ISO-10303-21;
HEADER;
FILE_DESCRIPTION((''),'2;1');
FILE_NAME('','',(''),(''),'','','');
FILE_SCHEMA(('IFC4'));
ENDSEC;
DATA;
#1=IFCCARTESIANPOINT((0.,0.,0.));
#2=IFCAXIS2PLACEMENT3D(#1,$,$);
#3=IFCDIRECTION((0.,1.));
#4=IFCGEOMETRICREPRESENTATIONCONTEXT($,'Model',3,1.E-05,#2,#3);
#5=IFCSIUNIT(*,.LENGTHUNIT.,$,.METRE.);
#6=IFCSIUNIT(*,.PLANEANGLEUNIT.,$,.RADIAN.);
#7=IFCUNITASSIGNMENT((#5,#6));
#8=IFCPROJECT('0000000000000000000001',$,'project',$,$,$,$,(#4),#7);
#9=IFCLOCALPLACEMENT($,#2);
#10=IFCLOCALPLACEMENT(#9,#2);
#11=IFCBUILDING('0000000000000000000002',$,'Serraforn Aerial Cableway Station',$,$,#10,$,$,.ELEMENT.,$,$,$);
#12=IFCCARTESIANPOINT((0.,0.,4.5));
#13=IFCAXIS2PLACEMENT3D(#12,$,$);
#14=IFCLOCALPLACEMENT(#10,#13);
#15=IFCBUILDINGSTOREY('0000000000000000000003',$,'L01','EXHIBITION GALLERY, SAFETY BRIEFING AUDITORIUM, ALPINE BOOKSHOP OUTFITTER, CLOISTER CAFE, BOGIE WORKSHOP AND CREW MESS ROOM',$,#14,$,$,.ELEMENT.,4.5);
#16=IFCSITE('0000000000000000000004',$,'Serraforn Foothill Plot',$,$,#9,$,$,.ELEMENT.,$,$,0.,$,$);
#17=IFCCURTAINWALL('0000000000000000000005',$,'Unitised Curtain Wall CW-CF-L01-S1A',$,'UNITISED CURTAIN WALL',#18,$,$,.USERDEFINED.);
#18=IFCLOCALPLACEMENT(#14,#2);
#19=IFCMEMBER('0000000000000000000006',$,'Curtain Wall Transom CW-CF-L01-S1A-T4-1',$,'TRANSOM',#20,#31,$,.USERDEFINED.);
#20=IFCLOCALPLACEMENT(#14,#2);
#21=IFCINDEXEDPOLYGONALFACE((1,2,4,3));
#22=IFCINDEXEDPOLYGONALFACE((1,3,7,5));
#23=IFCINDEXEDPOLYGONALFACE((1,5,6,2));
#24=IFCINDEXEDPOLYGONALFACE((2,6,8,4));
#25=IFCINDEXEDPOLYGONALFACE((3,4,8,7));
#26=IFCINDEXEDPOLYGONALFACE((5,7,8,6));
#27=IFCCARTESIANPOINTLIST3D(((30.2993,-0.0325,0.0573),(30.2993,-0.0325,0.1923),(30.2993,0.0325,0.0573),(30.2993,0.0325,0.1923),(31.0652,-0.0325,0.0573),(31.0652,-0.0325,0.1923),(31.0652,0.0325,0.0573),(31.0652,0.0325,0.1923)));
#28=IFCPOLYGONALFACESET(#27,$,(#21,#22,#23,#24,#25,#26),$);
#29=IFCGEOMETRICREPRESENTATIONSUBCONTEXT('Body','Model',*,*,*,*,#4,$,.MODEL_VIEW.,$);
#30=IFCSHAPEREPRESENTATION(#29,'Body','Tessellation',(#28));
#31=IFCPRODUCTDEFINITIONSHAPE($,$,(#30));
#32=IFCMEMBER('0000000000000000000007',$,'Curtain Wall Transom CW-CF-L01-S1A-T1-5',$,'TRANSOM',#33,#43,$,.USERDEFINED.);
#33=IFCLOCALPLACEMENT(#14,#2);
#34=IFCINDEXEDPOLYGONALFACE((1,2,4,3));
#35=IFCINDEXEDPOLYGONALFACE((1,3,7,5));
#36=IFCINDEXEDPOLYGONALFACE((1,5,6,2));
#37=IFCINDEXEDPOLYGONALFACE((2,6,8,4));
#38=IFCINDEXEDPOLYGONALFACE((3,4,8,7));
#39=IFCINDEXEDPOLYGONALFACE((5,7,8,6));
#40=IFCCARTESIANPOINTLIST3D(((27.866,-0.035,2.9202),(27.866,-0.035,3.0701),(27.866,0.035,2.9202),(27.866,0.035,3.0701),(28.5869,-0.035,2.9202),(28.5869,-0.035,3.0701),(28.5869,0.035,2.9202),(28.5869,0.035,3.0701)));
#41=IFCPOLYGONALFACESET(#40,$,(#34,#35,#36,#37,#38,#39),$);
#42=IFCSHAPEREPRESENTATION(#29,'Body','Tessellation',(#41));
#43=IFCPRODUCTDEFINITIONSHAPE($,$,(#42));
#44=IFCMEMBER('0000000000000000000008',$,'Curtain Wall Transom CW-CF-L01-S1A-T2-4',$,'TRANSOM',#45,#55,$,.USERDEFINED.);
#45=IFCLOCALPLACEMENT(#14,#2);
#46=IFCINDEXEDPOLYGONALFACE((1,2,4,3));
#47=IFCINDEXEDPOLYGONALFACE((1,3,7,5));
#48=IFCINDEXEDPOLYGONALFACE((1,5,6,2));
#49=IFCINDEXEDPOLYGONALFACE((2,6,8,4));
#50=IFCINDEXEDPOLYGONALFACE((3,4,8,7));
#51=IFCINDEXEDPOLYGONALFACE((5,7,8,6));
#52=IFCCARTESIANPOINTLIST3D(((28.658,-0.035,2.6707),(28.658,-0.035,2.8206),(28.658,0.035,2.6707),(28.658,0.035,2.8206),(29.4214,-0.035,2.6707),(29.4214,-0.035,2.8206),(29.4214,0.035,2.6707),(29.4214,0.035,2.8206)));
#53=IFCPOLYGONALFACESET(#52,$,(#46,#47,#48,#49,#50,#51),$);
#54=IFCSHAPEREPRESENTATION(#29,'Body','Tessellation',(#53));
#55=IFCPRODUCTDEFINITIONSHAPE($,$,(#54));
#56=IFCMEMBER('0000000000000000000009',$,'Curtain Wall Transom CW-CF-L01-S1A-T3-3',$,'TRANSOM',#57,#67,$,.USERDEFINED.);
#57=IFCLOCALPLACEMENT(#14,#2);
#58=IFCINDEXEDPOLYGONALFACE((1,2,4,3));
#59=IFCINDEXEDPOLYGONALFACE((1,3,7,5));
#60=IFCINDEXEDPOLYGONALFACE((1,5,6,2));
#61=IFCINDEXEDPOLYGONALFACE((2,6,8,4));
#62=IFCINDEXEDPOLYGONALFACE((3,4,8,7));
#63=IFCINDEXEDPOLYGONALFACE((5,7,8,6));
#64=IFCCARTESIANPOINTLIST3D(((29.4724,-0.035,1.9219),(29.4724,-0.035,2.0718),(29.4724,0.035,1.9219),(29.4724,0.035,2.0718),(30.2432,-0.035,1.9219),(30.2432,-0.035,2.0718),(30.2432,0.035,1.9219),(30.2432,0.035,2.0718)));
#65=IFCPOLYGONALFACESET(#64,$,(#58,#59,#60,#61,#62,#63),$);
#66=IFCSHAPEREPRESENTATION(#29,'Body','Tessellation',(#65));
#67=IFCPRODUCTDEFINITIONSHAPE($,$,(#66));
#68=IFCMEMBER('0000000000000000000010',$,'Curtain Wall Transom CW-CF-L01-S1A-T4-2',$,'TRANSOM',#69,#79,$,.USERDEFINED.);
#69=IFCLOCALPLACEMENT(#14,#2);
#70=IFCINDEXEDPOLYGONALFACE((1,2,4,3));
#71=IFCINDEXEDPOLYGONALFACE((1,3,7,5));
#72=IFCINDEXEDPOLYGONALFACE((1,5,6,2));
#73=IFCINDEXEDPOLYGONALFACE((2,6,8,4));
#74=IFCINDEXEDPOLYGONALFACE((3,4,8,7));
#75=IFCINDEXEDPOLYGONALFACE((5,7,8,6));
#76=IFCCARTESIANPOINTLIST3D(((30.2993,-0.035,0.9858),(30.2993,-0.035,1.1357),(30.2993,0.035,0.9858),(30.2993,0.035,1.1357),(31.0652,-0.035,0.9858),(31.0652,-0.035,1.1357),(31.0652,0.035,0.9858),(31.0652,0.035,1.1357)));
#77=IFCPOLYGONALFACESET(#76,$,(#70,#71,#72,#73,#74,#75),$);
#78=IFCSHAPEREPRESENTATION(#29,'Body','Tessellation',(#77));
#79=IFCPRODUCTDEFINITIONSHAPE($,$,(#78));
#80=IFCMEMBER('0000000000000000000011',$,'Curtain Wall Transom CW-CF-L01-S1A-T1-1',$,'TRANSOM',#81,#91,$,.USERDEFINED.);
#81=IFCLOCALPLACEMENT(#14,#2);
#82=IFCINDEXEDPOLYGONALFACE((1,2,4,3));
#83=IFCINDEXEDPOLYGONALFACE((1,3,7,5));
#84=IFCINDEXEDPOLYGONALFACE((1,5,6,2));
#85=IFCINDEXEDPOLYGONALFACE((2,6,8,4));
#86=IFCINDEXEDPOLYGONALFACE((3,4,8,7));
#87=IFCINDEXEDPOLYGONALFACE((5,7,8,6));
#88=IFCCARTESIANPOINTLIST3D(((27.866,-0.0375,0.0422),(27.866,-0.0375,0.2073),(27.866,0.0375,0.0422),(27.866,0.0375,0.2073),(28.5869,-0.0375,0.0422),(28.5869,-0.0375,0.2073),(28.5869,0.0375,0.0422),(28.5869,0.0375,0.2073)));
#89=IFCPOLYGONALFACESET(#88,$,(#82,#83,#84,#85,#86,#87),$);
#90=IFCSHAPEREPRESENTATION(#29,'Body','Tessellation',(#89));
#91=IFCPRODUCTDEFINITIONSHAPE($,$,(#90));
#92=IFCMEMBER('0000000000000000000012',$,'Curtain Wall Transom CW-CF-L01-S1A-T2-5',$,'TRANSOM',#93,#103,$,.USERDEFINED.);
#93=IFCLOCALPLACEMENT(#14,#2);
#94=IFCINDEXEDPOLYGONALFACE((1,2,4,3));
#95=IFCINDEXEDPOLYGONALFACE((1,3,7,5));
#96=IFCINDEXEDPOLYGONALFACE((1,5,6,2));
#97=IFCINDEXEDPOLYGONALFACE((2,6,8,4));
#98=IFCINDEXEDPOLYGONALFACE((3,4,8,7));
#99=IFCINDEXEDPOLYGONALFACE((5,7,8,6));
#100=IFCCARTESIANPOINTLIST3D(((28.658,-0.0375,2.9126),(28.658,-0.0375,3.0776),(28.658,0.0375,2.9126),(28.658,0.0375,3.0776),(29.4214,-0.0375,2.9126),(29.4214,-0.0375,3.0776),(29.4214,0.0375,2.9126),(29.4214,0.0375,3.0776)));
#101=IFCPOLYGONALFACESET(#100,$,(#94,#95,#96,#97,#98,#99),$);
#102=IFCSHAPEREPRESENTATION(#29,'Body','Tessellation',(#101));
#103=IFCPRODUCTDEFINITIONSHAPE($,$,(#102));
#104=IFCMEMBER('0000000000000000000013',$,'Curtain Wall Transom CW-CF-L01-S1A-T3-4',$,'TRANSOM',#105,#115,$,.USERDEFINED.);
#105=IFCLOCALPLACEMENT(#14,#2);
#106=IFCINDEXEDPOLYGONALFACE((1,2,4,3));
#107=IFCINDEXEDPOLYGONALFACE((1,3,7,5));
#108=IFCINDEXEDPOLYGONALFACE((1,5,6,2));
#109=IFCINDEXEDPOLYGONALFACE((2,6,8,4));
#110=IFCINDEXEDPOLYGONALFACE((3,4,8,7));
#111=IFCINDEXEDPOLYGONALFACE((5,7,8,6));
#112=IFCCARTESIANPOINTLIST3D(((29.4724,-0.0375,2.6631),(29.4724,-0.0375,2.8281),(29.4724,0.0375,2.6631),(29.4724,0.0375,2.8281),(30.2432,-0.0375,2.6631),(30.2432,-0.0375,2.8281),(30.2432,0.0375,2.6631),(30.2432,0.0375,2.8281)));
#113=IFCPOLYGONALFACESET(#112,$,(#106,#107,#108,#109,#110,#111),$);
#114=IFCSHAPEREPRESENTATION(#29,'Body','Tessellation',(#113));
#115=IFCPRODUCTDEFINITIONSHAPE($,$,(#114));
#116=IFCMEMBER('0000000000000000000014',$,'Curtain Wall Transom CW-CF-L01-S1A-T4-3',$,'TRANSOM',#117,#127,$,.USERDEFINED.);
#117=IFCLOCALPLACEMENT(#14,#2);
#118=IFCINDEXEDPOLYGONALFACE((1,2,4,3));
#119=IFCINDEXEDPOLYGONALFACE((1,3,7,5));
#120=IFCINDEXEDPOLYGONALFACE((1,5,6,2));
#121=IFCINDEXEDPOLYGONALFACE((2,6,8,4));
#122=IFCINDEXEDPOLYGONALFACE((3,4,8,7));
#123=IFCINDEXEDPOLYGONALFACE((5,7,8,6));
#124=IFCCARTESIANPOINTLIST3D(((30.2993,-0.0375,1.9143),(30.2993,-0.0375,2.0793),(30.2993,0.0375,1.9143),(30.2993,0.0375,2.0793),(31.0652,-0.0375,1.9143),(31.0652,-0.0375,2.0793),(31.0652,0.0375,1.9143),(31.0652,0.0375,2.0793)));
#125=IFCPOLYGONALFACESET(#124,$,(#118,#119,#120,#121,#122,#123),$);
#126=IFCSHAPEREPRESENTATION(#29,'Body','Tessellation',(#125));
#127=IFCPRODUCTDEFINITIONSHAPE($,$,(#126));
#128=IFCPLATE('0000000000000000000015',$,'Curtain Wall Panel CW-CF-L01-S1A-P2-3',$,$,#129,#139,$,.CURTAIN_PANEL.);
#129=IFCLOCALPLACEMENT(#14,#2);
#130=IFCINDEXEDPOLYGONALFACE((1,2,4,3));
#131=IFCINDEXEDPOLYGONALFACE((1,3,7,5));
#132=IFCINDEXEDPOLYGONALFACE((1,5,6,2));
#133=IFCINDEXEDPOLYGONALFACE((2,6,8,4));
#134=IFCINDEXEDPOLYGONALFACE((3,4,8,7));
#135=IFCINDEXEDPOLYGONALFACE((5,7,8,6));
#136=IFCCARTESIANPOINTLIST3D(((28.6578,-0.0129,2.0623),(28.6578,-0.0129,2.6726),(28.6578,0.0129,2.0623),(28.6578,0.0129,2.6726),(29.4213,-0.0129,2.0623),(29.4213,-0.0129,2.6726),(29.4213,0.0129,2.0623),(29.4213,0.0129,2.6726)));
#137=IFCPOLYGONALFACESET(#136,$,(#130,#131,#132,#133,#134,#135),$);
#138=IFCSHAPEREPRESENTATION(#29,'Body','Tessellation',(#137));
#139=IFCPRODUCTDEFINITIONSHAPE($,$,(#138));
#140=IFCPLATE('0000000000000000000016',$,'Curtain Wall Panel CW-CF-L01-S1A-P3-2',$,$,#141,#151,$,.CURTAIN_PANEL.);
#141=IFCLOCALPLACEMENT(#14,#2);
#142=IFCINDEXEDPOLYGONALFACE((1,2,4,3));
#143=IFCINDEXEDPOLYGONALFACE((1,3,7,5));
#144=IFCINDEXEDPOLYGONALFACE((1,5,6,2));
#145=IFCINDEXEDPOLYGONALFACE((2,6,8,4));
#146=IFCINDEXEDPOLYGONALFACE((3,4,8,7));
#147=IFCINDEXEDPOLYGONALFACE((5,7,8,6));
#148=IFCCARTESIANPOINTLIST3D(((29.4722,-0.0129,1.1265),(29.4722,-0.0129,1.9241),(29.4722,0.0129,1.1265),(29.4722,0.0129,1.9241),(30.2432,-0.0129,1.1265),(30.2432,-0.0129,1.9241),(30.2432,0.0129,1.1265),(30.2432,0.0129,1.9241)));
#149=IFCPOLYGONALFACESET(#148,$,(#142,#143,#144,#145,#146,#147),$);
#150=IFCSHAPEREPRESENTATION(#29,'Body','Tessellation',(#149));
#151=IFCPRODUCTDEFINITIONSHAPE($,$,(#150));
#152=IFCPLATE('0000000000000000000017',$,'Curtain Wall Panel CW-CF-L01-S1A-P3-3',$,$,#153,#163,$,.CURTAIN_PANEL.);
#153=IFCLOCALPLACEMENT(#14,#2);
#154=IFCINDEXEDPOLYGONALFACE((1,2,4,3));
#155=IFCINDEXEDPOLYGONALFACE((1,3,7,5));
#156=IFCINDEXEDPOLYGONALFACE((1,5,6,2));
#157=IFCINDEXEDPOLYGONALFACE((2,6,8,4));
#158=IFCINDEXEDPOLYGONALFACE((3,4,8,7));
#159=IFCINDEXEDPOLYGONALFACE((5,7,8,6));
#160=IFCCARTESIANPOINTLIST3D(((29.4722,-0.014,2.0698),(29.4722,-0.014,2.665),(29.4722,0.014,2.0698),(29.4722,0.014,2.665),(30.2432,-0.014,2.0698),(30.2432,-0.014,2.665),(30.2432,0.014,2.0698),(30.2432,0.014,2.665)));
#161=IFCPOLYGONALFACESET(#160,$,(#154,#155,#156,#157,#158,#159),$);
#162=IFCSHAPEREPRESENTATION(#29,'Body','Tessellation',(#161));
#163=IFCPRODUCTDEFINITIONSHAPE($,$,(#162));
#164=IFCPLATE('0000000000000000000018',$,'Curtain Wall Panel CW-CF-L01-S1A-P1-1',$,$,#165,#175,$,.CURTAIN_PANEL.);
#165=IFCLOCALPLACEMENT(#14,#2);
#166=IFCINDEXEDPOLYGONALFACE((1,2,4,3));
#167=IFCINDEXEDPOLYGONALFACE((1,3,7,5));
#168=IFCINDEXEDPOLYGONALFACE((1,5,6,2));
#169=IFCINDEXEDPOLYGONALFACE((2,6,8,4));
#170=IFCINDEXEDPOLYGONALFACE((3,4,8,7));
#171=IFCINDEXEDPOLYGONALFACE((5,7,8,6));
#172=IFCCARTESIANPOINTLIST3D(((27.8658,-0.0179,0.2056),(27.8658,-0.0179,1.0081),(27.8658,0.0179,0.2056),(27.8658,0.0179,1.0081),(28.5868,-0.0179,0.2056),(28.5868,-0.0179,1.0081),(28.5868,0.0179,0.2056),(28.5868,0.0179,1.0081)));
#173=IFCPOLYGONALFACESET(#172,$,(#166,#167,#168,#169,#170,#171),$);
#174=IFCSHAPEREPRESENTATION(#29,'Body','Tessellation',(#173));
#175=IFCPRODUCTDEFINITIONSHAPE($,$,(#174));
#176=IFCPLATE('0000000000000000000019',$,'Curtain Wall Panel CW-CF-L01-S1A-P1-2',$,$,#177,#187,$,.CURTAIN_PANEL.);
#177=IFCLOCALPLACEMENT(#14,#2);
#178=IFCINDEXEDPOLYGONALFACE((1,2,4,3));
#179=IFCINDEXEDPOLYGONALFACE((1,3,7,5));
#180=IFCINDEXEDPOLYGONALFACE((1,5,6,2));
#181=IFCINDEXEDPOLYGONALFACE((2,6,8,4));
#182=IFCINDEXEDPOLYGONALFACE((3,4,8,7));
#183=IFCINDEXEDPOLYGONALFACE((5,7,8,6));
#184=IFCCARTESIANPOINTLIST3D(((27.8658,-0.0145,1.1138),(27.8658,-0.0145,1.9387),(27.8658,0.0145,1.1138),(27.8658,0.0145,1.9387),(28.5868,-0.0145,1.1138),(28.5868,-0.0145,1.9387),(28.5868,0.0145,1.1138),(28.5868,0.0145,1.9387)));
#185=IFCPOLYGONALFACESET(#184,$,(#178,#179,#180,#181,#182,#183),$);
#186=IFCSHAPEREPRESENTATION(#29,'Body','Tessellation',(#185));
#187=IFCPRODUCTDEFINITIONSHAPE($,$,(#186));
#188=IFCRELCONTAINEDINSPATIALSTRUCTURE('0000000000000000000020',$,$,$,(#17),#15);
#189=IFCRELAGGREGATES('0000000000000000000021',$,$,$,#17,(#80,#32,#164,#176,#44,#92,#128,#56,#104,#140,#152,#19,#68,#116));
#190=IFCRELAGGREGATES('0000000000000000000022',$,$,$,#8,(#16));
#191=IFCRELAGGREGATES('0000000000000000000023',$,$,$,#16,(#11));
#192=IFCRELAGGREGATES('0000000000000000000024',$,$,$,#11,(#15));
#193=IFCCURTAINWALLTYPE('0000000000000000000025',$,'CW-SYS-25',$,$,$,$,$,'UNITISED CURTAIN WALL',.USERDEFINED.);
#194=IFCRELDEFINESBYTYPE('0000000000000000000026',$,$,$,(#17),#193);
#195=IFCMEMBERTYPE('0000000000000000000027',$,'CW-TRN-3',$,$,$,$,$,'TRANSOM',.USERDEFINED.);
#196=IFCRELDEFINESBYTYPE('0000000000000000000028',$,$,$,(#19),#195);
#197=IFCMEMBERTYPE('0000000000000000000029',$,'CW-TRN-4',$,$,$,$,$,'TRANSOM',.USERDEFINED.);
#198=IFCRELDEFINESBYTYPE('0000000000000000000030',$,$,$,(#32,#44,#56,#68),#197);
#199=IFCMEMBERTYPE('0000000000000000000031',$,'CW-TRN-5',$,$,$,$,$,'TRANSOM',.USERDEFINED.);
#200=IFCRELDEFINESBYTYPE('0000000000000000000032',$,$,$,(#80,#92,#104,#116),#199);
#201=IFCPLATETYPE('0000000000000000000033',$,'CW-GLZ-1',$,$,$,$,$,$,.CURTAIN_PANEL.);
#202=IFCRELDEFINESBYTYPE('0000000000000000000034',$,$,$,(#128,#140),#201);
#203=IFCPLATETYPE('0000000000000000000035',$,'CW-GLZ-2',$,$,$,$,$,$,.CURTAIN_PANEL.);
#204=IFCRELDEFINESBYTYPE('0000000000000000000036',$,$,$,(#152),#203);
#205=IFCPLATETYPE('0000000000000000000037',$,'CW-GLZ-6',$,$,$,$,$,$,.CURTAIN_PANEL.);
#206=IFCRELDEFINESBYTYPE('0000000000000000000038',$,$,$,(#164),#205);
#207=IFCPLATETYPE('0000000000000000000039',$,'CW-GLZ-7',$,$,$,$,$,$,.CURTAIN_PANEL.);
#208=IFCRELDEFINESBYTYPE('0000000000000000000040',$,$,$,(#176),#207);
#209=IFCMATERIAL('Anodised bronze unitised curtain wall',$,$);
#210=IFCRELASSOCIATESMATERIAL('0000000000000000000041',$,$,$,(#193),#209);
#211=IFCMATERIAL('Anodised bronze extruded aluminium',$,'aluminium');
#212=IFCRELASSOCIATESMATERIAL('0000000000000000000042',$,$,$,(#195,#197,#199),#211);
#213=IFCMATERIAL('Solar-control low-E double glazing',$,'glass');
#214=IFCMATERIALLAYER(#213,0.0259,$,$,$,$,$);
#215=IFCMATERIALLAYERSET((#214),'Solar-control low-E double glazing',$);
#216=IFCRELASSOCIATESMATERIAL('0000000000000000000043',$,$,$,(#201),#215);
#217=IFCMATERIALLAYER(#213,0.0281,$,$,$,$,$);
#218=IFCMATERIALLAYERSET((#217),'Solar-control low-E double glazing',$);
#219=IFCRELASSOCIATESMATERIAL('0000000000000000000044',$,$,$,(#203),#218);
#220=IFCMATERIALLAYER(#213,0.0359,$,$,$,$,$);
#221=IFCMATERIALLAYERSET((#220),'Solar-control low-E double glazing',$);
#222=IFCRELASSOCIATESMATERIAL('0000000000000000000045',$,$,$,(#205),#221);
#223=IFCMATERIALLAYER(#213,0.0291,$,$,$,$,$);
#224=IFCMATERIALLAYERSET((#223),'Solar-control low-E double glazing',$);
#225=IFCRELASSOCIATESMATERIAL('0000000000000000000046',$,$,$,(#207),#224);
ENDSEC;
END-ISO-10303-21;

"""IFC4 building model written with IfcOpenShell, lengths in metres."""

from ifc_helpers import new_model, si_unit, direction, frame, origin, origin_2d, place, context, subcontext, project, spatial, rectangle, extrude, material, layer, layer_set, material_profile, profile_set, type_object, element, aggregate, save


model = new_model("IFC4")

# Units and contexts
model_context = context("Model", 3, precision=1e-05, world=origin(), true_north=direction((0.0, 1.0)))
body_context = subcontext(model_context, "Body", "Model", "MODEL_VIEW")
ifc_project = project(units=[si_unit("LENGTHUNIT", "METRE"), si_unit("PLANEANGLEUNIT", "RADIAN")], contexts=[model_context])

# Site, building, storey
site_placement = place(None, origin())
site = spatial("IfcSite", under=ifc_project, at=site_placement, Name="Serraforn Foothill Plot", CompositionType="ELEMENT", RefElevation=0.0)
building_placement = place(site_placement, origin())
building = spatial("IfcBuilding", under=site, at=building_placement, Name="Serraforn Aerial Cableway Station", CompositionType="ELEMENT")
storey_placement = place(building_placement, frame((0.0, 0.0, 4.5)))
storey = spatial("IfcBuildingStorey", under=building, at=storey_placement, Name="L01", Description="EXHIBITION GALLERY, SAFETY BRIEFING AUDITORIUM, ALPINE BOOKSHOP OUTFITTER, CLOISTER CAFE, BOGIE WORKSHOP AND CREW MESS ROOM", CompositionType="ELEMENT", Elevation=4.5)

# Curtain wall, members, plates
ifc_material_1 = material(Name="Anodised bronze unitised curtain wall")
curtain_wall_type = type_object("IfcCurtainWallType", Name="CW-SYS-25", ElementType="UNITISED CURTAIN WALL", PredefinedType="USERDEFINED", material=ifc_material_1)
curtain_wall_placement = place(storey_placement, origin())
curtain_wall = element("IfcCurtainWall", 1, at=curtain_wall_placement, inside=storey, type_object=curtain_wall_type, Name="Unitised Curtain Wall CW-CF-L01-S1A", ObjectType="UNITISED CURTAIN WALL", PredefinedType="USERDEFINED")
ifc_material_2 = material(Name="Anodised bronze extruded aluminium", Category="aluminium")
ifc_material_profile_1 = material_profile(ifc_material_2, rectangle(XDim=0.0649, YDim=0.135, at=origin_2d()), Name="CW TRANSOM 65x135")
ifc_profile_set_1 = profile_set([ifc_material_profile_1], Name="Anodised bronze extruded aluminium")
member_type_1 = type_object("IfcMemberType", Name="CW-TRN-3", ElementType="TRANSOM", PredefinedType="USERDEFINED", material=ifc_profile_set_1)
member_1_placement = place(storey_placement, frame((30.2993, 0.0, 0.1248), z_axis=(1.0, 0.0, 0.0), x_axis=(0.0, 1.0, 0.0)))
member_1 = element("IfcMember", 2, at=member_1_placement, type_object=member_type_1, Name="Curtain Wall Transom CW-CF-L01-S1A-T4-1", ObjectType="TRANSOM", PredefinedType="USERDEFINED", context=body_context, shape_type="SweptSolid", body=[
    extrude(rectangle(XDim=0.0649, YDim=0.135, at=origin_2d()), origin(), (0.0, 0.0, 1.0), 0.7659),
])
ifc_material_profile_2 = material_profile(ifc_material_2, rectangle(XDim=0.0701, YDim=0.1499, at=origin_2d()), Name="CW TRANSOM 70x150")
ifc_profile_set_2 = profile_set([ifc_material_profile_2], Name="Anodised bronze extruded aluminium")
member_type_2 = type_object("IfcMemberType", Name="CW-TRN-4", ElementType="TRANSOM", PredefinedType="USERDEFINED", material=ifc_profile_set_2)
member_2_placement = place(storey_placement, frame((27.866, 0.0, 2.9951), z_axis=(1.0, 0.0, 0.0), x_axis=(0.0, 1.0, 0.0)))
member_2 = element("IfcMember", 3, at=member_2_placement, type_object=member_type_2, Name="Curtain Wall Transom CW-CF-L01-S1A-T1-5", ObjectType="TRANSOM", PredefinedType="USERDEFINED", context=body_context, shape_type="SweptSolid", body=[
    extrude(rectangle(XDim=0.0701, YDim=0.1499, at=origin_2d()), origin(), (0.0, 0.0, 1.0), 0.7209),
])
member_3_placement = place(storey_placement, frame((28.658, 0.0, 2.7456), z_axis=(1.0, 0.0, 0.0), x_axis=(0.0, 1.0, 0.0)))
member_3 = element("IfcMember", 4, at=member_3_placement, type_object=member_type_2, Name="Curtain Wall Transom CW-CF-L01-S1A-T2-4", ObjectType="TRANSOM", PredefinedType="USERDEFINED", context=body_context, shape_type="SweptSolid", body=[
    extrude(rectangle(XDim=0.0701, YDim=0.1499, at=origin_2d()), origin(), (0.0, 0.0, 1.0), 0.7634),
])
member_4_placement = place(storey_placement, frame((29.4724, 0.0, 1.9968), z_axis=(1.0, 0.0, 0.0), x_axis=(0.0, 1.0, 0.0)))
member_4 = element("IfcMember", 5, at=member_4_placement, type_object=member_type_2, Name="Curtain Wall Transom CW-CF-L01-S1A-T3-3", ObjectType="TRANSOM", PredefinedType="USERDEFINED", context=body_context, shape_type="SweptSolid", body=[
    extrude(rectangle(XDim=0.0701, YDim=0.1499, at=origin_2d()), origin(), (0.0, 0.0, 1.0), 0.7708),
])
member_5_placement = place(storey_placement, frame((30.2993, 0.0, 1.0608), z_axis=(1.0, 0.0, 0.0), x_axis=(0.0, 1.0, 0.0)))
member_5 = element("IfcMember", 6, at=member_5_placement, type_object=member_type_2, Name="Curtain Wall Transom CW-CF-L01-S1A-T4-2", ObjectType="TRANSOM", PredefinedType="USERDEFINED", context=body_context, shape_type="SweptSolid", body=[
    extrude(rectangle(XDim=0.0701, YDim=0.1499, at=origin_2d()), origin(), (0.0, 0.0, 1.0), 0.7659),
])
ifc_material_profile_3 = material_profile(ifc_material_2, rectangle(XDim=0.075, YDim=0.165, at=origin_2d()), Name="CW TRANSOM 75x165")
ifc_profile_set_3 = profile_set([ifc_material_profile_3], Name="Anodised bronze extruded aluminium")
member_type_3 = type_object("IfcMemberType", Name="CW-TRN-5", ElementType="TRANSOM", PredefinedType="USERDEFINED", material=ifc_profile_set_3)
member_6_placement = place(storey_placement, frame((27.866, 0.0, 0.1248), z_axis=(1.0, 0.0, 0.0), x_axis=(0.0, 1.0, 0.0)))
member_6 = element("IfcMember", 7, at=member_6_placement, type_object=member_type_3, Name="Curtain Wall Transom CW-CF-L01-S1A-T1-1", ObjectType="TRANSOM", PredefinedType="USERDEFINED", context=body_context, shape_type="SweptSolid", body=[
    extrude(rectangle(XDim=0.075, YDim=0.165, at=origin_2d()), origin(), (0.0, 0.0, 1.0), 0.7209),
])
member_7_placement = place(storey_placement, frame((28.658, 0.0, 2.9951), z_axis=(1.0, 0.0, 0.0), x_axis=(0.0, 1.0, 0.0)))
member_7 = element("IfcMember", 8, at=member_7_placement, type_object=member_type_3, Name="Curtain Wall Transom CW-CF-L01-S1A-T2-5", ObjectType="TRANSOM", PredefinedType="USERDEFINED", context=body_context, shape_type="SweptSolid", body=[
    extrude(rectangle(XDim=0.075, YDim=0.165, at=origin_2d()), origin(), (0.0, 0.0, 1.0), 0.7634),
])
member_8_placement = place(storey_placement, frame((29.4724, 0.0, 2.7456), z_axis=(1.0, 0.0, 0.0), x_axis=(0.0, 1.0, 0.0)))
member_8 = element("IfcMember", 9, at=member_8_placement, type_object=member_type_3, Name="Curtain Wall Transom CW-CF-L01-S1A-T3-4", ObjectType="TRANSOM", PredefinedType="USERDEFINED", context=body_context, shape_type="SweptSolid", body=[
    extrude(rectangle(XDim=0.075, YDim=0.165, at=origin_2d()), origin(), (0.0, 0.0, 1.0), 0.7708),
])
member_9_placement = place(storey_placement, frame((30.2993, 0.0, 1.9968), z_axis=(1.0, 0.0, 0.0), x_axis=(0.0, 1.0, 0.0)))
member_9 = element("IfcMember", 10, at=member_9_placement, type_object=member_type_3, Name="Curtain Wall Transom CW-CF-L01-S1A-T4-3", ObjectType="TRANSOM", PredefinedType="USERDEFINED", context=body_context, shape_type="SweptSolid", body=[
    extrude(rectangle(XDim=0.075, YDim=0.165, at=origin_2d()), origin(), (0.0, 0.0, 1.0), 0.7659),
])
ifc_material_3 = material(Name="Solar-control low-E double glazing", Category="glass")
ifc_layer_1 = layer(ifc_material_3, 0.0259)
ifc_layer_set_1 = layer_set([ifc_layer_1], Name="Solar-control low-E double glazing")
plate_type_1 = type_object("IfcPlateType", Name="CW-GLZ-1", PredefinedType="CURTAIN_PANEL", material=ifc_layer_set_1)
plate_1_placement = place(storey_placement, frame((29.0396, 0.0, 2.0623), z_axis=(0.0, 0.0, 1.0), x_axis=(1.0, 0.0, 0.0)))
plate_1 = element("IfcPlate", 11, at=plate_1_placement, type_object=plate_type_1, Name="Curtain Wall Panel CW-CF-L01-S1A-P2-3", PredefinedType="CURTAIN_PANEL", context=body_context, shape_type="SweptSolid", body=[
    extrude(rectangle(XDim=0.7634, YDim=0.0259, at=origin_2d()), origin(), (0.0, 0.0, 1.0), 0.6104),
])
plate_2_placement = place(storey_placement, frame((29.8577, 0.0, 1.1265), z_axis=(0.0, 0.0, 1.0), x_axis=(1.0, 0.0, 0.0)))
plate_2 = element("IfcPlate", 12, at=plate_2_placement, type_object=plate_type_1, Name="Curtain Wall Panel CW-CF-L01-S1A-P3-2", PredefinedType="CURTAIN_PANEL", context=body_context, shape_type="SweptSolid", body=[
    extrude(rectangle(XDim=0.771, YDim=0.0259, at=origin_2d()), origin(), (0.0, 0.0, 1.0), 0.7976),
])
ifc_layer_2 = layer(ifc_material_3, 0.0281)
ifc_layer_set_2 = layer_set([ifc_layer_2], Name="Solar-control low-E double glazing")
plate_type_2 = type_object("IfcPlateType", Name="CW-GLZ-2", PredefinedType="CURTAIN_PANEL", material=ifc_layer_set_2)
plate_3_placement = place(storey_placement, frame((29.8577, 0.0, 2.0698), z_axis=(0.0, 0.0, 1.0), x_axis=(1.0, 0.0, 0.0)))
plate_3 = element("IfcPlate", 13, at=plate_3_placement, type_object=plate_type_2, Name="Curtain Wall Panel CW-CF-L01-S1A-P3-3", PredefinedType="CURTAIN_PANEL", context=body_context, shape_type="SweptSolid", body=[
    extrude(rectangle(XDim=0.771, YDim=0.0281, at=origin_2d()), origin(), (0.0, 0.0, 1.0), 0.5952),
])
ifc_layer_3 = layer(ifc_material_3, 0.0359)
ifc_layer_set_3 = layer_set([ifc_layer_3], Name="Solar-control low-E double glazing")
plate_type_3 = type_object("IfcPlateType", Name="CW-GLZ-6", PredefinedType="CURTAIN_PANEL", material=ifc_layer_set_3)
plate_4_placement = place(storey_placement, frame((28.2263, 0.0, 0.2056), z_axis=(0.0, 0.0, 1.0), x_axis=(1.0, 0.0, 0.0)))
plate_4 = element("IfcPlate", 14, at=plate_4_placement, type_object=plate_type_3, Name="Curtain Wall Panel CW-CF-L01-S1A-P1-1", PredefinedType="CURTAIN_PANEL", context=body_context, shape_type="SweptSolid", body=[
    extrude(rectangle(XDim=0.7209, YDim=0.0359, at=origin_2d()), origin(), (0.0, 0.0, 1.0), 0.8025),
])
ifc_layer_4 = layer(ifc_material_3, 0.0291)
ifc_layer_set_4 = layer_set([ifc_layer_4], Name="Solar-control low-E double glazing")
plate_type_4 = type_object("IfcPlateType", Name="CW-GLZ-7", PredefinedType="CURTAIN_PANEL", material=ifc_layer_set_4)
plate_5_placement = place(storey_placement, frame((28.2263, 0.0, 1.1138), z_axis=(0.0, 0.0, 1.0), x_axis=(1.0, 0.0, 0.0)))
plate_5 = element("IfcPlate", 15, at=plate_5_placement, type_object=plate_type_4, Name="Curtain Wall Panel CW-CF-L01-S1A-P1-2", PredefinedType="CURTAIN_PANEL", context=body_context, shape_type="SweptSolid", body=[
    extrude(rectangle(XDim=0.7209, YDim=0.0291, at=origin_2d()), origin(), (0.0, 0.0, 1.0), 0.825),
])
aggregate(curtain_wall, [member_6, member_2, plate_4, plate_5, member_3, member_7, plate_1, member_4, member_8, plate_2, plate_3, member_1, member_5, member_9])

save(model, "model.ifc")
